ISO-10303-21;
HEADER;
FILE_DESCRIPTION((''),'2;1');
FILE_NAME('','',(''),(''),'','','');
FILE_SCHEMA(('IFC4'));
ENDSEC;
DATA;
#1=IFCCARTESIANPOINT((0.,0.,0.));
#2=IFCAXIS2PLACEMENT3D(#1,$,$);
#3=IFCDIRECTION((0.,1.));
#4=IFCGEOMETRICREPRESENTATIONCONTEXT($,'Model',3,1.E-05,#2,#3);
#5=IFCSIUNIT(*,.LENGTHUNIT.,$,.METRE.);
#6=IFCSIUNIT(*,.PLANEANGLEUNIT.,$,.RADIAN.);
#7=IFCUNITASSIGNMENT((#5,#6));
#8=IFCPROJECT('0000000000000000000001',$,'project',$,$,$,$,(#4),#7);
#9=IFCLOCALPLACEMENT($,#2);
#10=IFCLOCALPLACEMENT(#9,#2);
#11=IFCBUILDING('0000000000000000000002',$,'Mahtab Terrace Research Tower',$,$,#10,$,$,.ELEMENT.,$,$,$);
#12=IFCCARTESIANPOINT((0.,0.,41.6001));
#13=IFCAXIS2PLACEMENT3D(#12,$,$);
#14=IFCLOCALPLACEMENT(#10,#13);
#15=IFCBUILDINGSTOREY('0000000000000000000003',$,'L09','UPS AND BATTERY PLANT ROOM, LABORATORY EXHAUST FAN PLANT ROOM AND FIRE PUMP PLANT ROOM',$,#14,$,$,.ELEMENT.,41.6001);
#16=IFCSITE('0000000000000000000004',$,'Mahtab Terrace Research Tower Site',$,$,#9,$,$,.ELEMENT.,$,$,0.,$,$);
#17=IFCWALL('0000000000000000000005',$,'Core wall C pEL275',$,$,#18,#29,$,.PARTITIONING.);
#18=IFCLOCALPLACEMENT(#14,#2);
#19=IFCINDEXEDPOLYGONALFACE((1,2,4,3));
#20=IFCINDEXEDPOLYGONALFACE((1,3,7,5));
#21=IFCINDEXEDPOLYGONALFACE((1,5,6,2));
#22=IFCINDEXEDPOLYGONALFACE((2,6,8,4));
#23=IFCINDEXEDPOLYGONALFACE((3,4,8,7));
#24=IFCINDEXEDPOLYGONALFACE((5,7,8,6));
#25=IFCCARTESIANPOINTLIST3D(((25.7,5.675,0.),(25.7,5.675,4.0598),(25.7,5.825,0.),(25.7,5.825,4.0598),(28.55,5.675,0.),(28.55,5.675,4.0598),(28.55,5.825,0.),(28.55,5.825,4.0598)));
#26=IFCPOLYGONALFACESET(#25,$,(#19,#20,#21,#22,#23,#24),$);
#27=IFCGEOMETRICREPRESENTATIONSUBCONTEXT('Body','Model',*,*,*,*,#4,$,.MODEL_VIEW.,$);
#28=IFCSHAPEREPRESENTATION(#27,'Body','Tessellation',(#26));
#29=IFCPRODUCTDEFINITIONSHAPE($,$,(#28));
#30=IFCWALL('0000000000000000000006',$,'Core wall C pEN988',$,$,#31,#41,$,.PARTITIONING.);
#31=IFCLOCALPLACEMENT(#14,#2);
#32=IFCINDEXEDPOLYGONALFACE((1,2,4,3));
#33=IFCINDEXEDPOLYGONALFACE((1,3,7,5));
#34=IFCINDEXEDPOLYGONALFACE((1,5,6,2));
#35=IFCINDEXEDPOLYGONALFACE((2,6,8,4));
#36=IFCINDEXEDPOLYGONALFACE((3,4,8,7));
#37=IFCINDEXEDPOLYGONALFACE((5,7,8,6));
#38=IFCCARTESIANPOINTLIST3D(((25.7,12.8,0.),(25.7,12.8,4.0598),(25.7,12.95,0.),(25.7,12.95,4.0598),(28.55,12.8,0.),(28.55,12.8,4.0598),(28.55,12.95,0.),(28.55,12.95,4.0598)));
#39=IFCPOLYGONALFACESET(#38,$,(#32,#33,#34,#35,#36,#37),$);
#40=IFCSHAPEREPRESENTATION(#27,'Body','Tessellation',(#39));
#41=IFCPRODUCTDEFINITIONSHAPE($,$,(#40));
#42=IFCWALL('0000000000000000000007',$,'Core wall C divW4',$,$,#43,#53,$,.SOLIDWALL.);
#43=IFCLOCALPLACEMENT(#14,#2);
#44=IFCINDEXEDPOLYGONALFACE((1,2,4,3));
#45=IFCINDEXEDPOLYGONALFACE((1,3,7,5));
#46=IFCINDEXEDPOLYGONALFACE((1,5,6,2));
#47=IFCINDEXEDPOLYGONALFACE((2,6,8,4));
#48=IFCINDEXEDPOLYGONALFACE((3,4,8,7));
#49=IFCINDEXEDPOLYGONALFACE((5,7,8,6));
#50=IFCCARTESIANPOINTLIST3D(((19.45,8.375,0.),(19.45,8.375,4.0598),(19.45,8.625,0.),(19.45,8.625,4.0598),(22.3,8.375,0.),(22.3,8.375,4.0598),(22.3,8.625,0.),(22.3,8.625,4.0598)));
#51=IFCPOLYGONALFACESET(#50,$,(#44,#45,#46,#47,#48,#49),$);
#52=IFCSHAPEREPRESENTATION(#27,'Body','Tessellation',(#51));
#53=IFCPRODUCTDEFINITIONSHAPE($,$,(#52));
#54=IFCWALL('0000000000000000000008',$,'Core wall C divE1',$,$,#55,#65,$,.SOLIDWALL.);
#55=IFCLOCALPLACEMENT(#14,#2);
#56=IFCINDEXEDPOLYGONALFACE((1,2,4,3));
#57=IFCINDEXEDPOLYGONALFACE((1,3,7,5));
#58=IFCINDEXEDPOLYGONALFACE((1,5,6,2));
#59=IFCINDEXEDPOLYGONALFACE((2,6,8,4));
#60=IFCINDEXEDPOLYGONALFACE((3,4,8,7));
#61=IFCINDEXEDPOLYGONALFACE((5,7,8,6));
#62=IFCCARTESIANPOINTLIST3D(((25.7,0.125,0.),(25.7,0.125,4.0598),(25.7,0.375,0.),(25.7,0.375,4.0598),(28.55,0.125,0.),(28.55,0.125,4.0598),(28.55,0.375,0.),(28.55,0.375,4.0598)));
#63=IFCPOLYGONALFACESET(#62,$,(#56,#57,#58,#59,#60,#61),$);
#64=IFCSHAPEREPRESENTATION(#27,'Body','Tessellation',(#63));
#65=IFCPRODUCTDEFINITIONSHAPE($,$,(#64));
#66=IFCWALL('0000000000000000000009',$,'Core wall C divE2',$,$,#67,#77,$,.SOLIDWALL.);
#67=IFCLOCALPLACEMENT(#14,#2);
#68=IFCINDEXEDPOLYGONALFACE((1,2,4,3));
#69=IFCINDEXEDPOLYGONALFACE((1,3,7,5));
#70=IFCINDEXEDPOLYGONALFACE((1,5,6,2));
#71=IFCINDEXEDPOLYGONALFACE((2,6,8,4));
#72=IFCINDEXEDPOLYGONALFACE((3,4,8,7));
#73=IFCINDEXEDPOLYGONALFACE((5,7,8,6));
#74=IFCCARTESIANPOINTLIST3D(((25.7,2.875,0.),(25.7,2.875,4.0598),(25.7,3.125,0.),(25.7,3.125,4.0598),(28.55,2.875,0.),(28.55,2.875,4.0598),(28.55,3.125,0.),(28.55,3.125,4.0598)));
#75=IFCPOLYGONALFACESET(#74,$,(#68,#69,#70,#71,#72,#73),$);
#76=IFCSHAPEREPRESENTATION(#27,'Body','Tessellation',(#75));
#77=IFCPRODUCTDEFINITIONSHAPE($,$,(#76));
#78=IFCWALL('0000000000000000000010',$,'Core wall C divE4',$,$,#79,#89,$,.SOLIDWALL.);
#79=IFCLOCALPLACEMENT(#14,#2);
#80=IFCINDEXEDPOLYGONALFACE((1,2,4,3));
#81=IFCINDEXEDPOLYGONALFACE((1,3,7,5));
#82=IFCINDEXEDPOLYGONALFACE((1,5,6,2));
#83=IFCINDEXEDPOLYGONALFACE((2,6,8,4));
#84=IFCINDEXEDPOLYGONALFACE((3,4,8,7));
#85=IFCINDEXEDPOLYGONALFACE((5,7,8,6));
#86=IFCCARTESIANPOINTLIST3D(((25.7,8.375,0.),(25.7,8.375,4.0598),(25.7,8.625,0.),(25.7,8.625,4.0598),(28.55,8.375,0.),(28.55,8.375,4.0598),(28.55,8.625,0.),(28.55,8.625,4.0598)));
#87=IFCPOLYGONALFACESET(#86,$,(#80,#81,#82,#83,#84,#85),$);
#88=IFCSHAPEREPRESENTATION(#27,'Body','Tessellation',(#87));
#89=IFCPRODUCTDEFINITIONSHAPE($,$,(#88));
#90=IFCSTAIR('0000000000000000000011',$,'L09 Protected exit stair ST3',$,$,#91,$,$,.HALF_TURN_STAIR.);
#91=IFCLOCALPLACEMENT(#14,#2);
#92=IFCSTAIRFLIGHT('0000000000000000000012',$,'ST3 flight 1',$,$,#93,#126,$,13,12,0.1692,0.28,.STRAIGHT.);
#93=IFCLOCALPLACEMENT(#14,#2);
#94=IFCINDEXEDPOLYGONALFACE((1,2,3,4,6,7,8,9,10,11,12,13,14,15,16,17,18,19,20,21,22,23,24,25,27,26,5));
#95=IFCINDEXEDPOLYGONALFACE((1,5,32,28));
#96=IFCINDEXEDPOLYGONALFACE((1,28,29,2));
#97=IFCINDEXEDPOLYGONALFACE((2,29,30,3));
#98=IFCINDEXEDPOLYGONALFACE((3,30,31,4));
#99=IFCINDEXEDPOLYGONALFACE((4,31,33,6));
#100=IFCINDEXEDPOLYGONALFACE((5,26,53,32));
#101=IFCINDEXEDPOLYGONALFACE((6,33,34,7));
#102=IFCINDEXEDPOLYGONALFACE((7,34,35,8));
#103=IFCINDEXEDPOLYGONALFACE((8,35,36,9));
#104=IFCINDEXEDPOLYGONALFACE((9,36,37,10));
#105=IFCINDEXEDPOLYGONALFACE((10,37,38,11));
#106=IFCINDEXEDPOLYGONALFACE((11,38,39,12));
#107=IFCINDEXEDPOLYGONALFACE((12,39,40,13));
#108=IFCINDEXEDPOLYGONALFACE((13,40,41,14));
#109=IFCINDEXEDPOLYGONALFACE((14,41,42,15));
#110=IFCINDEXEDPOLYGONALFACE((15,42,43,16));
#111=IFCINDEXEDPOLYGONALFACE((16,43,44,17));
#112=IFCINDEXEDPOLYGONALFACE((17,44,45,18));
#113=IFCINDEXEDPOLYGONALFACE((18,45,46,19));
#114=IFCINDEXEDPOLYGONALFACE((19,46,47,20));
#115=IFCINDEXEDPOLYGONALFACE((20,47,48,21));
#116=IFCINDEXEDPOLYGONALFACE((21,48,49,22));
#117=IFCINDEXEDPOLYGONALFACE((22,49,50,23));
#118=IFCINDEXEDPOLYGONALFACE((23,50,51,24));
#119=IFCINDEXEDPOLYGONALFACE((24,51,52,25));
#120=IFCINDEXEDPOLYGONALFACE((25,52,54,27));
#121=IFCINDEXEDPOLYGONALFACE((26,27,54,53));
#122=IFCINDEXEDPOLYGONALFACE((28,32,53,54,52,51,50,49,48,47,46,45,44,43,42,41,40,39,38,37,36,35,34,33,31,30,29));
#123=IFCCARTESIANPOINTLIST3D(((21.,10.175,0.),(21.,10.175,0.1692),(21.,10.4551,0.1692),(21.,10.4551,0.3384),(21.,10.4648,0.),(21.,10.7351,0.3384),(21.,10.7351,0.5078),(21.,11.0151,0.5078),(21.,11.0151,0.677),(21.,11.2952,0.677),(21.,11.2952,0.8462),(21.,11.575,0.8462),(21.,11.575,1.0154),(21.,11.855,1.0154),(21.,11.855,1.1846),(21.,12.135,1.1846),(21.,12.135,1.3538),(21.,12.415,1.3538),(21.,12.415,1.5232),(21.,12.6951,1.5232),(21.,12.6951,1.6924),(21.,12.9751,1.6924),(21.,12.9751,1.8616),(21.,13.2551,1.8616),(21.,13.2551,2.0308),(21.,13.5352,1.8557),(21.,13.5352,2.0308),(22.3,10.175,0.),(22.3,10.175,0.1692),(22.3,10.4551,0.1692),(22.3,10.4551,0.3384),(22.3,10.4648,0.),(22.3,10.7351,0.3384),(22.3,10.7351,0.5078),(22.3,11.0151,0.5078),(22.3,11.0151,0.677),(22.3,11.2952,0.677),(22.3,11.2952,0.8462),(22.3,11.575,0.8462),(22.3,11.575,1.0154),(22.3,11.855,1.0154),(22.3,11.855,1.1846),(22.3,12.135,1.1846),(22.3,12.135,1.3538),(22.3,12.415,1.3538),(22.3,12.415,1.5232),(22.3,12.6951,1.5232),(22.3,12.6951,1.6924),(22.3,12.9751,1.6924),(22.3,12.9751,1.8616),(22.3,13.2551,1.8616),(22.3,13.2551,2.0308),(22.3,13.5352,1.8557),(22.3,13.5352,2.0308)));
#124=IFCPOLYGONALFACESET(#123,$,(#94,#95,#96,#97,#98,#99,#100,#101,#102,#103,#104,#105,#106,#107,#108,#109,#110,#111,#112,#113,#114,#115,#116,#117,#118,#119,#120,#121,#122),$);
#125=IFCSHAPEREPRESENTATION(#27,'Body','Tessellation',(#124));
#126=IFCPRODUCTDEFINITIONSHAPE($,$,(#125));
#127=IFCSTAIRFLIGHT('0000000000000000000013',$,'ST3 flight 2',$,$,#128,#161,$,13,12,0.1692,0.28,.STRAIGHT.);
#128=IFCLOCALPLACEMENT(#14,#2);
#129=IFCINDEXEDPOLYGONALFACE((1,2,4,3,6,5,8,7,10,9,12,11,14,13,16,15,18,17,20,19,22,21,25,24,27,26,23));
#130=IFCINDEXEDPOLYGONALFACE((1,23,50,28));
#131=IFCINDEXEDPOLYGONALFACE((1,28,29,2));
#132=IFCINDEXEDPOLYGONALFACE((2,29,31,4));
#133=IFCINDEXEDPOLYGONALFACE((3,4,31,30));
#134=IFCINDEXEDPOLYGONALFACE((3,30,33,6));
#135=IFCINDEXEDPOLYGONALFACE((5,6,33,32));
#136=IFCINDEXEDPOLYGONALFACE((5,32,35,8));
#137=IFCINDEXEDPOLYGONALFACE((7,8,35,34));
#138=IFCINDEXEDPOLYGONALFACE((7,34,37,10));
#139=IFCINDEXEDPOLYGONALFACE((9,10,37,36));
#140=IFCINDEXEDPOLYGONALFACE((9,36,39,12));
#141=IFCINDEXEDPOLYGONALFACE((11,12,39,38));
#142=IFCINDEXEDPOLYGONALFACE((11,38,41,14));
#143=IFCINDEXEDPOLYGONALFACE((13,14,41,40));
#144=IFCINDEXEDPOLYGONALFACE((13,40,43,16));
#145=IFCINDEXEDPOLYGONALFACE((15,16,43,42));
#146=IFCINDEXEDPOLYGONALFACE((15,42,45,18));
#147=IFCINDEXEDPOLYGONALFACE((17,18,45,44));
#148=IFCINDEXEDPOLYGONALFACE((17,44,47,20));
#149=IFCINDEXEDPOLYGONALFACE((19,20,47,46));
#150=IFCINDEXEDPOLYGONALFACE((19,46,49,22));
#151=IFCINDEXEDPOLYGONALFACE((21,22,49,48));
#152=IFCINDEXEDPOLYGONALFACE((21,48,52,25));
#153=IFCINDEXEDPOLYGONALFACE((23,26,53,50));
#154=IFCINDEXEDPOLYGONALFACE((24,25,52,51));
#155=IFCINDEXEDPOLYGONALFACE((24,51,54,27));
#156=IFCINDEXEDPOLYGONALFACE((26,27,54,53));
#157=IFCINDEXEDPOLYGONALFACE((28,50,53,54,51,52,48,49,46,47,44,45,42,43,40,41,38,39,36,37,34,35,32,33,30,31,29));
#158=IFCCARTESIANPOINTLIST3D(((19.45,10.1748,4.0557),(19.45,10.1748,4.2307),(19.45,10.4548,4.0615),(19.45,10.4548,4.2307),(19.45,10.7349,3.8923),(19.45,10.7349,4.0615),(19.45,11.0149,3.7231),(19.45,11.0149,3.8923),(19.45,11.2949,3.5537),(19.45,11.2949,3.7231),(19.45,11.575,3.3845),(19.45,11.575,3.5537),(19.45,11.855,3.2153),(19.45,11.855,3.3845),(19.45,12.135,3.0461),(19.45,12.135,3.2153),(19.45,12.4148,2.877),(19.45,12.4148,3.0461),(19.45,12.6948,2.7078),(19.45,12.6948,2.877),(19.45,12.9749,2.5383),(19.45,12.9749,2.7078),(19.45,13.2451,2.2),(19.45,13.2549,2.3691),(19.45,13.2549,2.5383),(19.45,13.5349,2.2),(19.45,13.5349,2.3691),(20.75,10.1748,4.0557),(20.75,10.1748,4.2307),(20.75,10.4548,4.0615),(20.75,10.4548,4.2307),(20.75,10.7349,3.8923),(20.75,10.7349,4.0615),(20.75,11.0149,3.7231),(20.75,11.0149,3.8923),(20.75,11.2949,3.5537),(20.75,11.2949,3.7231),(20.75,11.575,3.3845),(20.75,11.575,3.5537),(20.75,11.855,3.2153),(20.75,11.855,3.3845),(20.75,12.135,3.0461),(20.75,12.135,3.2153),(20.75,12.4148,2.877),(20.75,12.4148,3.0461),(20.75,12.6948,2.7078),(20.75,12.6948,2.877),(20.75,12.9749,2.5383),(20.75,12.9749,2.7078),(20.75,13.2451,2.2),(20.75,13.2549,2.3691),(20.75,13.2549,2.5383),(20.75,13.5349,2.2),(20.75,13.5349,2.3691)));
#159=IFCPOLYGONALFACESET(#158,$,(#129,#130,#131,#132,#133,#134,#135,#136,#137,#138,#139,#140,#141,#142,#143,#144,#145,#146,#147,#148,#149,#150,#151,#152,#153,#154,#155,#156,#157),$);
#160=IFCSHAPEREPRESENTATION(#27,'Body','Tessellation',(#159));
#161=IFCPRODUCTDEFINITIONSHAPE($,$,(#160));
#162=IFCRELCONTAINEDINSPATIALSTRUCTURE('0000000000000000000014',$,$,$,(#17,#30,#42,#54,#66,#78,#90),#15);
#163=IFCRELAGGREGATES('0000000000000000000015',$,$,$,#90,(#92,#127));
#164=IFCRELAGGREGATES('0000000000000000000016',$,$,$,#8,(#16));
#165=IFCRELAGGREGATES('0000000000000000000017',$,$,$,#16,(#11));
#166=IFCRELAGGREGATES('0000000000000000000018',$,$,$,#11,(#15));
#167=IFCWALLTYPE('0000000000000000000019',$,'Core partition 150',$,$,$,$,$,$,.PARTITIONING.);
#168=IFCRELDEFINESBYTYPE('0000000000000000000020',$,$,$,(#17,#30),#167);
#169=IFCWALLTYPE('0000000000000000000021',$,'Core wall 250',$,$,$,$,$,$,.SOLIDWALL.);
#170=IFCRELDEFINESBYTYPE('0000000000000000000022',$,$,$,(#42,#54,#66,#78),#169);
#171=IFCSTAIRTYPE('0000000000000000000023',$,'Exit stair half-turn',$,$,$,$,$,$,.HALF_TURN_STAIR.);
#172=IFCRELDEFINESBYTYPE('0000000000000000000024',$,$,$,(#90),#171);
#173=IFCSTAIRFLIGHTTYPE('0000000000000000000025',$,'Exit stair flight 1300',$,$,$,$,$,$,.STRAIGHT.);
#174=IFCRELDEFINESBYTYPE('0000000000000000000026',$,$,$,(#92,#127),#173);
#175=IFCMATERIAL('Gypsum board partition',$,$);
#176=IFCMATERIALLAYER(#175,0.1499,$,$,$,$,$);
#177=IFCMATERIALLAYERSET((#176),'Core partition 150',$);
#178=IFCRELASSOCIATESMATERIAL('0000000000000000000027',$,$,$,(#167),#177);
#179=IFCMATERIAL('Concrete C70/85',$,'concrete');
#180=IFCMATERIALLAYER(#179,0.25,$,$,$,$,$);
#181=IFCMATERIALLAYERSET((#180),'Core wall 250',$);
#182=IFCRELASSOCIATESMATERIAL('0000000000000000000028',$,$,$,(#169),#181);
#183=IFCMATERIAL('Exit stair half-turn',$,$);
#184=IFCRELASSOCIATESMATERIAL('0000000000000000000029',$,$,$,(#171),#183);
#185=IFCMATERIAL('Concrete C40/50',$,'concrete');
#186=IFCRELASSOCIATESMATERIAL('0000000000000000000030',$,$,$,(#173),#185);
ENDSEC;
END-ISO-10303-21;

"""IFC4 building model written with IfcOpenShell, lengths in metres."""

from ifc_helpers import new_model, si_unit, direction, frame, frame_2d, origin, place, context, subcontext, project, spatial, polyline, rectangle, outline, extrude, material, layer, layer_set, type_object, element, aggregate, save


model = new_model("IFC4")

# Units and contexts
model_context = context("Model", 3, precision=1e-05, world=origin(), true_north=direction((0.0, 1.0)))
body_context = subcontext(model_context, "Body", "Model", "MODEL_VIEW")
ifc_project = project(units=[si_unit("LENGTHUNIT", "METRE"), si_unit("PLANEANGLEUNIT", "RADIAN")], contexts=[model_context])

# Site, building, storey
site_placement = place(None, origin())
site = spatial("IfcSite", under=ifc_project, at=site_placement, Name="Mahtab Terrace Research Tower Site", CompositionType="ELEMENT", RefElevation=0.0)
building_placement = place(site_placement, origin())
building = spatial("IfcBuilding", under=site, at=building_placement, Name="Mahtab Terrace Research Tower", CompositionType="ELEMENT")
storey_placement = place(building_placement, frame((0.0, 0.0, 41.6001)))
storey = spatial("IfcBuildingStorey", under=building, at=storey_placement, Name="L09", Description="UPS AND BATTERY PLANT ROOM, LABORATORY EXHAUST FAN PLANT ROOM AND FIRE PUMP PLANT ROOM", CompositionType="ELEMENT", Elevation=41.6001)

# Shared definitions
ifc_material_1 = material(Name="Concrete C70/85", Category="concrete")

# Walls
ifc_material_2 = material(Name="Gypsum board partition")
ifc_layer_1 = layer(ifc_material_2, 0.1499)
ifc_layer_set_1 = layer_set([ifc_layer_1], Name="Core partition 150")
wall_type_1 = type_object("IfcWallType", Name="Core partition 150", PredefinedType="PARTITIONING", material=ifc_layer_set_1)
for number, where, z_axis, x_axis, name in (
    (1, (25.7, 5.75, 0.0), (0.0, 0.0, 1.0), (1.0, 0.0, 0.0), "Core wall C pEL275"),
    (2, (25.7, 12.875, 0.0), (0.0, 0.0, 1.0), (1.0, 0.0, 0.0), "Core wall C pEN988"),
):
    element("IfcWall", number, at=place(storey_placement, frame(where, z_axis=z_axis, x_axis=x_axis)), inside=storey, type_object=wall_type_1, Name=name, PredefinedType="PARTITIONING", context=body_context, shape_type="SweptSolid", body=[
        extrude(rectangle(XDim=2.8501, YDim=0.1499, at=frame_2d((1.425, 0.0))), origin(), (0.0, 0.0, 1.0), 4.0598),
    ])
ifc_layer_2 = layer(ifc_material_1, 0.25)
ifc_layer_set_2 = layer_set([ifc_layer_2], Name="Core wall 250")
wall_type_2 = type_object("IfcWallType", Name="Core wall 250", PredefinedType="SOLIDWALL", material=ifc_layer_set_2)
for number, where, z_axis, x_axis, name in (
    (3, (19.45, 8.5, 0.0), (0.0, 0.0, 1.0), (1.0, 0.0, 0.0), "Core wall C divW4"),
    (4, (25.7, 0.25, 0.0), (0.0, 0.0, 1.0), (1.0, 0.0, 0.0), "Core wall C divE1"),
    (5, (25.7, 3.0, 0.0), (0.0, 0.0, 1.0), (1.0, 0.0, 0.0), "Core wall C divE2"),
    (6, (25.7, 8.5, 0.0), (0.0, 0.0, 1.0), (1.0, 0.0, 0.0), "Core wall C divE4"),
):
    element("IfcWall", number, at=place(storey_placement, frame(where, z_axis=z_axis, x_axis=x_axis)), inside=storey, type_object=wall_type_2, Name=name, PredefinedType="SOLIDWALL", context=body_context, shape_type="SweptSolid", body=[
        extrude(rectangle(XDim=2.8501, YDim=0.25, at=frame_2d((1.425, 0.0))), origin(), (0.0, 0.0, 1.0), 4.0598),
    ])

# Stair, stair flights
ifc_material_3 = material(Name="Exit stair half-turn")
stair_type = type_object("IfcStairType", Name="Exit stair half-turn", PredefinedType="HALF_TURN_STAIR", material=ifc_material_3)
stair_placement = place(storey_placement, origin())
stair = element("IfcStair", 7, at=stair_placement, inside=storey, type_object=stair_type, Name="L09 Protected exit stair ST3", PredefinedType="HALF_TURN_STAIR")
ifc_material_4 = material(Name="Concrete C40/50", Category="concrete")
stair_flight_type = type_object("IfcStairFlightType", Name="Exit stair flight 1300", PredefinedType="STRAIGHT", material=ifc_material_4)
stair_flight_1_placement = place(storey_placement, frame((21.6499, 10.175, 0.0), z_axis=(0.0, 0.0, 1.0), x_axis=(0.0, 1.0, 0.0)))
stair_flight_1 = element("IfcStairFlight", 8, at=stair_flight_1_placement, type_object=stair_flight_type, Name="ST3 flight 1", NumberOfRisers=13, NumberOfTreads=12, PredefinedType="STRAIGHT", RiserHeight=0.1692, TreadLength=0.28, context=body_context, shape_type="SweptSolid", body=[
    extrude(outline(polyline([(0.0, 0.0), (0.0, 0.1692), (0.28, 0.1692), (0.28, 0.3384), (0.5601, 0.3384), (0.5601, 0.5078), (0.8401, 0.5078), (0.8401, 0.677), (1.1201, 0.677), (1.1201, 0.8462), (1.3999, 0.8462), (1.3999, 1.0154), (1.6799, 1.0154), (1.6799, 1.1846), (1.96, 1.1846), (1.96, 1.3538), (2.24, 1.3538), (2.24, 1.5232), (2.52, 1.5232), (2.52, 1.6924), (2.8, 1.6924), (2.8, 1.8616), (3.0801, 1.8616), (3.0801, 2.0308), (3.3601, 2.0308), (3.3601, 2.2), (3.3601, 1.8557), (0.2898, 0.0), (0.0, 0.0)])), frame((0.0, 0.6499, 0.0), z_axis=(0.0, -1.0, 0.0), x_axis=(1.0, 0.0, 0.0)), (0.0, 0.0, 1.0), 1.3),
])
stair_flight_2_placement = place(storey_placement, frame((20.1001, 13.5349, 2.2), z_axis=(0.0, 0.0, 1.0), x_axis=(0.0, -1.0, 0.0)))
stair_flight_2 = element("IfcStairFlight", 9, at=stair_flight_2_placement, type_object=stair_flight_type, Name="ST3 flight 2", NumberOfRisers=13, NumberOfTreads=12, PredefinedType="STRAIGHT", RiserHeight=0.1692, TreadLength=0.28, context=body_context, shape_type="SweptSolid", body=[
    extrude(outline(polyline([(0.0, 0.0), (0.0, 0.1692), (0.28, 0.1692), (0.28, 0.3384), (0.5601, 0.3384), (0.5601, 0.5078), (0.8401, 0.5078), (0.8401, 0.677), (1.1201, 0.677), (1.1201, 0.8462), (1.3999, 0.8462), (1.3999, 1.0154), (1.6799, 1.0154), (1.6799, 1.1846), (1.96, 1.1846), (1.96, 1.3538), (2.24, 1.3538), (2.24, 1.5232), (2.52, 1.5232), (2.52, 1.6924), (2.8, 1.6924), (2.8, 1.8616), (3.0801, 1.8616), (3.0801, 2.0308), (3.3601, 2.0308), (3.3601, 2.2), (3.3601, 1.8557), (0.2898, 0.0), (0.0, 0.0)])), frame((0.0, 0.6499, 0.0), z_axis=(0.0, -1.0, 0.0), x_axis=(1.0, 0.0, 0.0)), (0.0, 0.0, 1.0), 1.3),
])
aggregate(stair, [stair_flight_1, stair_flight_2])

save(model, "model.ifc")
